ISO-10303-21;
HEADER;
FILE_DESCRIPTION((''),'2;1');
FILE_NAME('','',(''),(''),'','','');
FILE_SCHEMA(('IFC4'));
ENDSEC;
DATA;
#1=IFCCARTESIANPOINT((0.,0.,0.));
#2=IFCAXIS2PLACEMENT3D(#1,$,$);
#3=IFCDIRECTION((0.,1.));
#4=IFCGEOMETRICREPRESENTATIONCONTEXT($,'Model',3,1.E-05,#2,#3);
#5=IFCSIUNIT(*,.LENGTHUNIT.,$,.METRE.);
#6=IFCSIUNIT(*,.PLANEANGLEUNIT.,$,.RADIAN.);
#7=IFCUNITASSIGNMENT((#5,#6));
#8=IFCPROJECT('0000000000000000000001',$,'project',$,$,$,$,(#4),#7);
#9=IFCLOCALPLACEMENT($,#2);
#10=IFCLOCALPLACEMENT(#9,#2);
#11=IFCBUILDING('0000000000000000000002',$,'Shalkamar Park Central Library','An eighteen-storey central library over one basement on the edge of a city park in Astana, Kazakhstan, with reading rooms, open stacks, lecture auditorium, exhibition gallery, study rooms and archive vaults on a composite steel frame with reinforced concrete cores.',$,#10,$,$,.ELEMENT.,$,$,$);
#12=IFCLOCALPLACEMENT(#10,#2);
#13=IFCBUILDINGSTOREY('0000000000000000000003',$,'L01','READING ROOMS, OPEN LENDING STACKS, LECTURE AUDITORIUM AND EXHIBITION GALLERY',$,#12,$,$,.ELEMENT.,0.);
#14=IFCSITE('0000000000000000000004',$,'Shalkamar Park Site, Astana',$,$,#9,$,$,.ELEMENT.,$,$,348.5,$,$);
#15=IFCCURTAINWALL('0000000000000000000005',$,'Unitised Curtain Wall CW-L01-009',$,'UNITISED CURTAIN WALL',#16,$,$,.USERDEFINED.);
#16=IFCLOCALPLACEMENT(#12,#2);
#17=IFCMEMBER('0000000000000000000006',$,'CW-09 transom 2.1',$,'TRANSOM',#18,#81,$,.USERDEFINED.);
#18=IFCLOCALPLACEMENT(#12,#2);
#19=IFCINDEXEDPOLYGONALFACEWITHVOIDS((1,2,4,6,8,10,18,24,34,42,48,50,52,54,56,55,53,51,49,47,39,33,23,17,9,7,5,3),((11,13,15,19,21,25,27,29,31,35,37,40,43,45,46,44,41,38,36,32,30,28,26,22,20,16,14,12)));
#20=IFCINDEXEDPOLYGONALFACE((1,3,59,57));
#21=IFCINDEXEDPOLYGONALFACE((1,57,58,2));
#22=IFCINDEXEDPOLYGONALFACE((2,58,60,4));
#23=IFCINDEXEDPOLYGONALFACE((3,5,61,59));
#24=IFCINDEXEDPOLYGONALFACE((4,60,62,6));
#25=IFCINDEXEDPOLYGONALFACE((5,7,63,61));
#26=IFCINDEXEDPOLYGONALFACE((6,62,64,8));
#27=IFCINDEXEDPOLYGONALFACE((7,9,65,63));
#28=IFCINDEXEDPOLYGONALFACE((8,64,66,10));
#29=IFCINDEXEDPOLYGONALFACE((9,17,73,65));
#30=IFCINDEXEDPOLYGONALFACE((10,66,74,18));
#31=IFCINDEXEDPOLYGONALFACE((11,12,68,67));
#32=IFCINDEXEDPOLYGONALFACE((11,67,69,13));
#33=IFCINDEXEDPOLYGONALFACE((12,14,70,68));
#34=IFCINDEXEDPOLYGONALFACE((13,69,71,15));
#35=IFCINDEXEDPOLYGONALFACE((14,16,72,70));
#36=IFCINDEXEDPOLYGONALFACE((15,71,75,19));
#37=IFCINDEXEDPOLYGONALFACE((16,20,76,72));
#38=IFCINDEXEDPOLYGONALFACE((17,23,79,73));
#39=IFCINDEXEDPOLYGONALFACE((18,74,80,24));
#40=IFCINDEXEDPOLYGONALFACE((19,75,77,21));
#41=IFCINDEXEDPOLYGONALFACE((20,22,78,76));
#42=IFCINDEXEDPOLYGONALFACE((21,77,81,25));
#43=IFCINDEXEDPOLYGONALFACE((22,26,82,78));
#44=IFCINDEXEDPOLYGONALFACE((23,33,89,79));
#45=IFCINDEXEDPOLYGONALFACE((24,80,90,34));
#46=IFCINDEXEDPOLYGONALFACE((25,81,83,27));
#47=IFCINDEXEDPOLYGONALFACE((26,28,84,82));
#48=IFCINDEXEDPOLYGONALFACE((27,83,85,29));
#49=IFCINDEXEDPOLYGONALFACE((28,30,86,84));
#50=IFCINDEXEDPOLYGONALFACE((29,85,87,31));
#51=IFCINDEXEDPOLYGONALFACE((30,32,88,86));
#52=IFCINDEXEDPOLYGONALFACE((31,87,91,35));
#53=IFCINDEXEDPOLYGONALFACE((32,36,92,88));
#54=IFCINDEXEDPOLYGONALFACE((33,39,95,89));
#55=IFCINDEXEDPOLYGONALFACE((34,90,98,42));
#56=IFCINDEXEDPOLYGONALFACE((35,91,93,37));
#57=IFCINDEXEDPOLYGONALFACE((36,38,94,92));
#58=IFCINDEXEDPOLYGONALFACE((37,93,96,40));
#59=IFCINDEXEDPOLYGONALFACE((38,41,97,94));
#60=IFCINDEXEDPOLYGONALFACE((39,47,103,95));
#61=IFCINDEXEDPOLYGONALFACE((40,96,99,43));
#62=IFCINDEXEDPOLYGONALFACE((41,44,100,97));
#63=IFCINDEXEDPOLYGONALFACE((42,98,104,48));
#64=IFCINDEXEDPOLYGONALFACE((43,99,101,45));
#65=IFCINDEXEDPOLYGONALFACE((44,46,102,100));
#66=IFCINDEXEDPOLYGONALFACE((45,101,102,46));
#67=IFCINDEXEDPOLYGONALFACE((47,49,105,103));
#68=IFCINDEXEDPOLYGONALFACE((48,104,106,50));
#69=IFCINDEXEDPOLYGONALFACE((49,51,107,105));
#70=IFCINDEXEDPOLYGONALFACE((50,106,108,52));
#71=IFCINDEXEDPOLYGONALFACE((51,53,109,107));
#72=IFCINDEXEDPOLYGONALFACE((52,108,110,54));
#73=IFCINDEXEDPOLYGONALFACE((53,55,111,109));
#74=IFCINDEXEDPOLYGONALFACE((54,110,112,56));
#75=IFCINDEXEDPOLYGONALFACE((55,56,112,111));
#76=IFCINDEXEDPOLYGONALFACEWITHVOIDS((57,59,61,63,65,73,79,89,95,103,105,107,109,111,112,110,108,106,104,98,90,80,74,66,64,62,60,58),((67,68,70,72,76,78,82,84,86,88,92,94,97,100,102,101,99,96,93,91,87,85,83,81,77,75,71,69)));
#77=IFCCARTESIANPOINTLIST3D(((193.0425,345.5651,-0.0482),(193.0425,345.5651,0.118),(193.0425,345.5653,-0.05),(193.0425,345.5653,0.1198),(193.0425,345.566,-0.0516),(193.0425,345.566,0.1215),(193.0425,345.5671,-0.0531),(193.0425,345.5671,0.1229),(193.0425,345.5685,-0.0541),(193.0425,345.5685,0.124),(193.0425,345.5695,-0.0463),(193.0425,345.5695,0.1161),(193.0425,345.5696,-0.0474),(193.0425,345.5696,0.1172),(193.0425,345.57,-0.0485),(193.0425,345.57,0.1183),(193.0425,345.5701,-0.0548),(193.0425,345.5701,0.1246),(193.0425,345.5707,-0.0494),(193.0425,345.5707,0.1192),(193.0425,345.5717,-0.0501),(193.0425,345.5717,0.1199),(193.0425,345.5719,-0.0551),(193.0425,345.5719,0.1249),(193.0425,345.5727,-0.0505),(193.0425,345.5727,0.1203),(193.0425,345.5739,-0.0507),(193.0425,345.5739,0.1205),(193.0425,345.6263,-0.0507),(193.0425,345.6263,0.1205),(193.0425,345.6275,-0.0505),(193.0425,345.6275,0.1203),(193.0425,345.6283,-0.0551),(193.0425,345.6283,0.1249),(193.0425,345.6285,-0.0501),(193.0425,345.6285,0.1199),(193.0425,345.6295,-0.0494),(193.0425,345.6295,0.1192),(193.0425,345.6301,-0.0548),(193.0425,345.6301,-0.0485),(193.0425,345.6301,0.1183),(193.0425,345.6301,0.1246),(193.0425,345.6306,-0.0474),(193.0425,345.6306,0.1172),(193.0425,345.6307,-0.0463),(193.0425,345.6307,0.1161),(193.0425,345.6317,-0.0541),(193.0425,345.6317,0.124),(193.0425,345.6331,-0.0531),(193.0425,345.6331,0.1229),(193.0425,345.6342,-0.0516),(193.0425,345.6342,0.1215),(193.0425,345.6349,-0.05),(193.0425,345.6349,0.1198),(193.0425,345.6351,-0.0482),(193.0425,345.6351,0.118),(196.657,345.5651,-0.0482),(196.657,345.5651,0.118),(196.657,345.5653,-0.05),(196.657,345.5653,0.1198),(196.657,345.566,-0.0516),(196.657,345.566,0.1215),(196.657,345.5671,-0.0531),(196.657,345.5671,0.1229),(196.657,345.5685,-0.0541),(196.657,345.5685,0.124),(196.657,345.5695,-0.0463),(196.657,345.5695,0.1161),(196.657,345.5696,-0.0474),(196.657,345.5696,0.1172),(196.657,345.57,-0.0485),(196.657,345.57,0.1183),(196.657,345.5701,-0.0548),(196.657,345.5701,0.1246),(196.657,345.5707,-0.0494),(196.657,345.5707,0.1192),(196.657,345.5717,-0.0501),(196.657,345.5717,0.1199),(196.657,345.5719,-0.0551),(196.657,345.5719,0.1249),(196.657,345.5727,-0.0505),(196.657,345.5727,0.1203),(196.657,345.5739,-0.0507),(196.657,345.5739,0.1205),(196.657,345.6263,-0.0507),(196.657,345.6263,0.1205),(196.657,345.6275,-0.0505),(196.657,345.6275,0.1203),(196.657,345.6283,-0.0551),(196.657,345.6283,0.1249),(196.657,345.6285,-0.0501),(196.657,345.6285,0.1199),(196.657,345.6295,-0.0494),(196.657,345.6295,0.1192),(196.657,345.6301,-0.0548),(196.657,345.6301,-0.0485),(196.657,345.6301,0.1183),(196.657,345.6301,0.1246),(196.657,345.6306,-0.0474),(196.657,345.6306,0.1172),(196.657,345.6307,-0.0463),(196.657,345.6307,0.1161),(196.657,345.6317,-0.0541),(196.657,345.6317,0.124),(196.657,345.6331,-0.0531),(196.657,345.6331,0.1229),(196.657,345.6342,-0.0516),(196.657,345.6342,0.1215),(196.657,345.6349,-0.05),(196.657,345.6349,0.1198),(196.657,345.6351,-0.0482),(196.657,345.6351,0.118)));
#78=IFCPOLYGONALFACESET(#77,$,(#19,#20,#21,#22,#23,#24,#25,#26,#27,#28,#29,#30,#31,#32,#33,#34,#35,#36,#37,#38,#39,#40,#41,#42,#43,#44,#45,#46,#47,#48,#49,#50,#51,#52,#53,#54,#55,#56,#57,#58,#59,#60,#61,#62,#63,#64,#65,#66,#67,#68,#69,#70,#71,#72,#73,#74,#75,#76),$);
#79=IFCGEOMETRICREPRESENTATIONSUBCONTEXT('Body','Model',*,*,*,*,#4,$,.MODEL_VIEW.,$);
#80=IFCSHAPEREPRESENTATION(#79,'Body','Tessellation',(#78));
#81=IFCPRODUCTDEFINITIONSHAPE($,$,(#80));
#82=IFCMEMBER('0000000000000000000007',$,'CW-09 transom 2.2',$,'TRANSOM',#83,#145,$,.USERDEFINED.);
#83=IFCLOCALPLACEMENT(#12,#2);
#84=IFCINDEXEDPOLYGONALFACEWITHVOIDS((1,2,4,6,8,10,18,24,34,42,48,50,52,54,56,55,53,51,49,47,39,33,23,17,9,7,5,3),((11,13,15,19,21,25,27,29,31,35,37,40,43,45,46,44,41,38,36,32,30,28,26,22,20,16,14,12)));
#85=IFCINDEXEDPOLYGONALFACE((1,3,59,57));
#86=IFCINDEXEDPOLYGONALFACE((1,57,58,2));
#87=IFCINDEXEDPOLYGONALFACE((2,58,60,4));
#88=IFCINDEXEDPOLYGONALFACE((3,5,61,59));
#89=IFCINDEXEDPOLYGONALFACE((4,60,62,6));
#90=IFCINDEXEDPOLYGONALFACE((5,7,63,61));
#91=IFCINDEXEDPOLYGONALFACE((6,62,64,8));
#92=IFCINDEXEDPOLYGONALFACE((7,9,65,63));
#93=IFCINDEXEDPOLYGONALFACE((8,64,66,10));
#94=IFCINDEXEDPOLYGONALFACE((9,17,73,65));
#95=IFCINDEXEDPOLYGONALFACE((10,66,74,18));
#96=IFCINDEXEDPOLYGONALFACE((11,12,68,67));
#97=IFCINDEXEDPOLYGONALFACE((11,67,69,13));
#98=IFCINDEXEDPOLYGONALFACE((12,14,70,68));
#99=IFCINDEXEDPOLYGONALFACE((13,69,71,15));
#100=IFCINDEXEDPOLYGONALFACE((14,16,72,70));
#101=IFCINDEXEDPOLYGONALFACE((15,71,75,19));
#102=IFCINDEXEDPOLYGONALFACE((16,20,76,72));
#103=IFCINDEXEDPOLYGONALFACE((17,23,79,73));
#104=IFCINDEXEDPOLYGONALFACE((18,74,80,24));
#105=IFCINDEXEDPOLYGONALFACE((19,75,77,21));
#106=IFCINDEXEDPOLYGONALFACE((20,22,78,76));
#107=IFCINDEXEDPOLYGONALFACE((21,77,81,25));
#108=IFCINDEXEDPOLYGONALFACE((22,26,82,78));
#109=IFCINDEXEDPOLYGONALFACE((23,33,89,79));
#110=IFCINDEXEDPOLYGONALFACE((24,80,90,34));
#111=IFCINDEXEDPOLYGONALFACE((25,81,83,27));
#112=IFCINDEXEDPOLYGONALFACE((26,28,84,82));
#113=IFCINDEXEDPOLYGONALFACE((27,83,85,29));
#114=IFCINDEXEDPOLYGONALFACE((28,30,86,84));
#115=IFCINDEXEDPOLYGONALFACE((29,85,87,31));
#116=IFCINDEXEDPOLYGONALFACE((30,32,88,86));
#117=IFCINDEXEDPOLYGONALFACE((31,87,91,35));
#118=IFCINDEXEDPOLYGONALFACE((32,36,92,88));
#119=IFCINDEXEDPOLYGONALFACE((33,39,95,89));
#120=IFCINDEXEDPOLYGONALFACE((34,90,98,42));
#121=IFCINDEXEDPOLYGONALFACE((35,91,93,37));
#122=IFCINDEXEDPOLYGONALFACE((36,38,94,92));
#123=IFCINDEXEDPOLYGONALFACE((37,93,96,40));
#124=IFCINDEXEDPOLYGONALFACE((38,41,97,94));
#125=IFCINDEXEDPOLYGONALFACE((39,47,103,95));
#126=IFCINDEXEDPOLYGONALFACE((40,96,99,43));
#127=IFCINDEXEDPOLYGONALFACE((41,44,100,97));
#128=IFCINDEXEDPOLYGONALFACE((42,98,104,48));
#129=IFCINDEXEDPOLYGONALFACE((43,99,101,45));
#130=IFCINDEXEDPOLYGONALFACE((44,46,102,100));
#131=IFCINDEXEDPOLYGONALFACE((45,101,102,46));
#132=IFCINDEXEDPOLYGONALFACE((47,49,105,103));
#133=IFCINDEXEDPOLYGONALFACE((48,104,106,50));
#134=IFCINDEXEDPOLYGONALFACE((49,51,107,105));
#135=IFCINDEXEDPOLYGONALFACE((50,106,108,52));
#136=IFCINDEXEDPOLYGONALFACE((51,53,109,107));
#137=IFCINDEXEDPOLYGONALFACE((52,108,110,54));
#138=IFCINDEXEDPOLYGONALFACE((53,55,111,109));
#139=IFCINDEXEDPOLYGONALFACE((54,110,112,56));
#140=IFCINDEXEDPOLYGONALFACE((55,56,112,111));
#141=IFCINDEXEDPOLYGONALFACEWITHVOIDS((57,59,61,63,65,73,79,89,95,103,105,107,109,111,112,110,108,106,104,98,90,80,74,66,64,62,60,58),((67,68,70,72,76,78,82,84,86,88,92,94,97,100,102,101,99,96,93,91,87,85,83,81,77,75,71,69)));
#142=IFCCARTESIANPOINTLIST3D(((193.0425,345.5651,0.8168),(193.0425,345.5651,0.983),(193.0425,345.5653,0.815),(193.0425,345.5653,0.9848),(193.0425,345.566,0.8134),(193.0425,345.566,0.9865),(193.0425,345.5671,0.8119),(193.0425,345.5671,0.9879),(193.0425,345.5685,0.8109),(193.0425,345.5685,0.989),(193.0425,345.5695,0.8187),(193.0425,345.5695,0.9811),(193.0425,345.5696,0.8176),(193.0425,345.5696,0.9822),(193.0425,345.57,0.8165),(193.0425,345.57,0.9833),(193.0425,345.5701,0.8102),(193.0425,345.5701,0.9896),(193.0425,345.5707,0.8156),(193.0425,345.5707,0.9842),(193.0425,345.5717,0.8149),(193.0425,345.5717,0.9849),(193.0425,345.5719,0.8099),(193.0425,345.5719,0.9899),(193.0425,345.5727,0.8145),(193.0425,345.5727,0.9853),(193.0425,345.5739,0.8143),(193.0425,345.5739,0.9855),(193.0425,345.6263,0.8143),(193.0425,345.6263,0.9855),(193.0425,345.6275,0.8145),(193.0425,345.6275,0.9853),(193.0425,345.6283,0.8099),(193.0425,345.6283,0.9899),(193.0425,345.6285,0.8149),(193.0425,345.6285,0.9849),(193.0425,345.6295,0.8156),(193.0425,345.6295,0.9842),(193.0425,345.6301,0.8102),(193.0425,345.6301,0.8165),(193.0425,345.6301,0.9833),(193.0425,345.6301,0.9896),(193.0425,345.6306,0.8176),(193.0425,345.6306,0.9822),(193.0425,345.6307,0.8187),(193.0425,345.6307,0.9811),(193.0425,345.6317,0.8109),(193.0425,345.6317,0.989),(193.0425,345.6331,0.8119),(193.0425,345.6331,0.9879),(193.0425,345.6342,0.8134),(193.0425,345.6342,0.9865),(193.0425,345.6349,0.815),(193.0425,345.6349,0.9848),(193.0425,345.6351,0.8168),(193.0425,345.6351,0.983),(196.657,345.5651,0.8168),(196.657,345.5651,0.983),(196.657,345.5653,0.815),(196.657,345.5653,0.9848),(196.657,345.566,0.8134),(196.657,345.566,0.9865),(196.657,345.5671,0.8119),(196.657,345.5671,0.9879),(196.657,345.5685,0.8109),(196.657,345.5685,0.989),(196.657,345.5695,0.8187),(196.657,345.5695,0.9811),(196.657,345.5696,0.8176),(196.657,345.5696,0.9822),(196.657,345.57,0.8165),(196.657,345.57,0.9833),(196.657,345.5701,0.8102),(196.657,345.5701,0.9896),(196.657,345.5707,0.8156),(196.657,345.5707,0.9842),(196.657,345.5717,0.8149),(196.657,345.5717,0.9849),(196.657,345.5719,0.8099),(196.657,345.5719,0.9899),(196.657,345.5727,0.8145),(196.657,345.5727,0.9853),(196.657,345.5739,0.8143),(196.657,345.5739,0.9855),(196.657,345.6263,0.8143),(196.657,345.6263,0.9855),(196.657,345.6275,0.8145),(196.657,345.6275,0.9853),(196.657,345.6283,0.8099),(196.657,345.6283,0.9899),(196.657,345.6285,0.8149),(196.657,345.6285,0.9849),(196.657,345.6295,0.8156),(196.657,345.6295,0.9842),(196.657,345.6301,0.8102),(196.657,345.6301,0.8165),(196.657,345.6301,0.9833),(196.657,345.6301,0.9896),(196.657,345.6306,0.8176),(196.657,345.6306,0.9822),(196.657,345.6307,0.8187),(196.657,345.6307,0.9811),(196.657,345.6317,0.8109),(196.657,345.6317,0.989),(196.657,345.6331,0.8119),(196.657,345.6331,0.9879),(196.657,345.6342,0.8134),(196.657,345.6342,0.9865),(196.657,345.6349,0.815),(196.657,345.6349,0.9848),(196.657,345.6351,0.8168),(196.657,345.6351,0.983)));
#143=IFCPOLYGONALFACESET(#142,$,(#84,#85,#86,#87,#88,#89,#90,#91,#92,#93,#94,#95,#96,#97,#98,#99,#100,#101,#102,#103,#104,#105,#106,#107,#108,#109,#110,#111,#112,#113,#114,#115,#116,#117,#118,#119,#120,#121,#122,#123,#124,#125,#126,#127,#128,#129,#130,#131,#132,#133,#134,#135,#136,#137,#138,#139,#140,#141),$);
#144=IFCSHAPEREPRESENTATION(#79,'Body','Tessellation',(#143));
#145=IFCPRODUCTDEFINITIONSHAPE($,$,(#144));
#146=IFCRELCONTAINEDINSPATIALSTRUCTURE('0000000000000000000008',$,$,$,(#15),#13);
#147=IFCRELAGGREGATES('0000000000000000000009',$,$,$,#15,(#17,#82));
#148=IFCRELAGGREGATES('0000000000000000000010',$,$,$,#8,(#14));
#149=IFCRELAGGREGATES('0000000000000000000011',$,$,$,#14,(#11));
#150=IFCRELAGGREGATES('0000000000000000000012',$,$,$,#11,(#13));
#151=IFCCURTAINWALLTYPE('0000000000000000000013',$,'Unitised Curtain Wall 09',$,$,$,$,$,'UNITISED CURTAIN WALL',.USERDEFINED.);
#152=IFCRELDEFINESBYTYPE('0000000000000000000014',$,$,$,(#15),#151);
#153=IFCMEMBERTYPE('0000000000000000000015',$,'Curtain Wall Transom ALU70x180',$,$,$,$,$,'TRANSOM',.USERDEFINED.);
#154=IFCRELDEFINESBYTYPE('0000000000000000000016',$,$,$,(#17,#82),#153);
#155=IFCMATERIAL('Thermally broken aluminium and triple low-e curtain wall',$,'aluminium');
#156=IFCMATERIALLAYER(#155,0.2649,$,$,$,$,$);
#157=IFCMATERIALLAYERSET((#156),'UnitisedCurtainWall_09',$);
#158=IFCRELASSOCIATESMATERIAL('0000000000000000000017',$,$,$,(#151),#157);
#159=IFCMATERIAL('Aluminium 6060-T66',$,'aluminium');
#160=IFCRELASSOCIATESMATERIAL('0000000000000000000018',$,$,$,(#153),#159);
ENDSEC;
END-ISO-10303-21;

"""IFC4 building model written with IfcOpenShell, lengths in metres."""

from ifc_helpers import new_model, si_unit, direction, frame, origin, origin_2d, place, context, subcontext, project, spatial, hollow_rectangle, extrude, material, layer, layer_set, material_profile, profile_set, type_object, element, aggregate, save


model = new_model("IFC4")

# Units and contexts
model_context = context("Model", 3, precision=1e-05, world=origin(), true_north=direction((0.0, 1.0)))
body_context = subcontext(model_context, "Body", "Model", "MODEL_VIEW")
ifc_project = project(units=[si_unit("LENGTHUNIT", "METRE"), si_unit("PLANEANGLEUNIT", "RADIAN")], contexts=[model_context])

# Site, building, storey
site_placement = place(None, origin())
site = spatial("IfcSite", under=ifc_project, at=site_placement, Name="Shalkamar Park Site, Astana", CompositionType="ELEMENT", RefElevation=348.5)
building_placement = place(site_placement, origin())
building = spatial("IfcBuilding", under=site, at=building_placement, Name="Shalkamar Park Central Library", Description="An eighteen-storey central library over one basement on the edge of a city park in Astana, Kazakhstan, with reading rooms, open stacks, lecture auditorium, exhibition gallery, study rooms and archive vaults on a composite steel frame with reinforced concrete cores.", CompositionType="ELEMENT")
storey_placement = place(building_placement, origin())
storey = spatial("IfcBuildingStorey", under=building, at=storey_placement, Name="L01", Description="READING ROOMS, OPEN LENDING STACKS, LECTURE AUDITORIUM AND EXHIBITION GALLERY", CompositionType="ELEMENT", Elevation=0.0)

# Curtain wall, members
ifc_material_1 = material(Name="Thermally broken aluminium and triple low-e curtain wall", Category="aluminium")
ifc_layer_1 = layer(ifc_material_1, 0.2649)
ifc_layer_set_1 = layer_set([ifc_layer_1], Name="UnitisedCurtainWall_09")
curtain_wall_type = type_object("IfcCurtainWallType", Name="Unitised Curtain Wall 09", ElementType="UNITISED CURTAIN WALL", PredefinedType="USERDEFINED", material=ifc_layer_set_1)
curtain_wall_placement = place(storey_placement, origin())
curtain_wall = element("IfcCurtainWall", 1, at=curtain_wall_placement, inside=storey, type_object=curtain_wall_type, Name="Unitised Curtain Wall CW-L01-009", ObjectType="UNITISED CURTAIN WALL", PredefinedType="USERDEFINED")
ifc_material_2 = material(Name="Aluminium 6060-T66", Category="aluminium")
ifc_material_profile_1 = material_profile(ifc_material_2, hollow_rectangle(XDim=0.0701, YDim=0.1799, WallThickness=0.0044, InnerFilletRadius=0.0044, OuterFilletRadius=0.0068, at=origin_2d()), Name="ALU 70x180x4.5")
ifc_profile_set_1 = profile_set([ifc_material_profile_1], Name="Aluminium 6060-T66")
member_type_1 = type_object("IfcMemberType", Name="Curtain Wall Transom ALU70x180", ElementType="TRANSOM", PredefinedType="USERDEFINED", material=ifc_profile_set_1)
member_1_placement = place(storey_placement, frame((193.0425, 345.6001, 0.0349), z_axis=(1.0, 0.0, 0.0), x_axis=(0.0, 1.0, 0.0)))
member_1 = element("IfcMember", 2, at=member_1_placement, type_object=member_type_1, Name="CW-09 transom 2.1", ObjectType="TRANSOM", PredefinedType="USERDEFINED", context=body_context, shape_type="SweptSolid", body=[
    extrude(hollow_rectangle(XDim=0.0701, YDim=0.1799, WallThickness=0.0044, InnerFilletRadius=0.0044, OuterFilletRadius=0.0068, at=origin_2d()), origin(), (0.0, 0.0, 1.0), 3.6145),
])
member_2_placement = place(storey_placement, frame((193.0425, 345.6001, 0.8999), z_axis=(1.0, 0.0, 0.0), x_axis=(0.0, 1.0, 0.0)))
member_2 = element("IfcMember", 3, at=member_2_placement, type_object=member_type_1, Name="CW-09 transom 2.2", ObjectType="TRANSOM", PredefinedType="USERDEFINED", context=body_context, shape_type="SweptSolid", body=[
    extrude(hollow_rectangle(XDim=0.0701, YDim=0.1799, WallThickness=0.0044, InnerFilletRadius=0.0044, OuterFilletRadius=0.0068, at=origin_2d()), origin(), (0.0, 0.0, 1.0), 3.6145),
])

aggregate(curtain_wall, [member_1, member_2])

save(model, "model.ifc")
